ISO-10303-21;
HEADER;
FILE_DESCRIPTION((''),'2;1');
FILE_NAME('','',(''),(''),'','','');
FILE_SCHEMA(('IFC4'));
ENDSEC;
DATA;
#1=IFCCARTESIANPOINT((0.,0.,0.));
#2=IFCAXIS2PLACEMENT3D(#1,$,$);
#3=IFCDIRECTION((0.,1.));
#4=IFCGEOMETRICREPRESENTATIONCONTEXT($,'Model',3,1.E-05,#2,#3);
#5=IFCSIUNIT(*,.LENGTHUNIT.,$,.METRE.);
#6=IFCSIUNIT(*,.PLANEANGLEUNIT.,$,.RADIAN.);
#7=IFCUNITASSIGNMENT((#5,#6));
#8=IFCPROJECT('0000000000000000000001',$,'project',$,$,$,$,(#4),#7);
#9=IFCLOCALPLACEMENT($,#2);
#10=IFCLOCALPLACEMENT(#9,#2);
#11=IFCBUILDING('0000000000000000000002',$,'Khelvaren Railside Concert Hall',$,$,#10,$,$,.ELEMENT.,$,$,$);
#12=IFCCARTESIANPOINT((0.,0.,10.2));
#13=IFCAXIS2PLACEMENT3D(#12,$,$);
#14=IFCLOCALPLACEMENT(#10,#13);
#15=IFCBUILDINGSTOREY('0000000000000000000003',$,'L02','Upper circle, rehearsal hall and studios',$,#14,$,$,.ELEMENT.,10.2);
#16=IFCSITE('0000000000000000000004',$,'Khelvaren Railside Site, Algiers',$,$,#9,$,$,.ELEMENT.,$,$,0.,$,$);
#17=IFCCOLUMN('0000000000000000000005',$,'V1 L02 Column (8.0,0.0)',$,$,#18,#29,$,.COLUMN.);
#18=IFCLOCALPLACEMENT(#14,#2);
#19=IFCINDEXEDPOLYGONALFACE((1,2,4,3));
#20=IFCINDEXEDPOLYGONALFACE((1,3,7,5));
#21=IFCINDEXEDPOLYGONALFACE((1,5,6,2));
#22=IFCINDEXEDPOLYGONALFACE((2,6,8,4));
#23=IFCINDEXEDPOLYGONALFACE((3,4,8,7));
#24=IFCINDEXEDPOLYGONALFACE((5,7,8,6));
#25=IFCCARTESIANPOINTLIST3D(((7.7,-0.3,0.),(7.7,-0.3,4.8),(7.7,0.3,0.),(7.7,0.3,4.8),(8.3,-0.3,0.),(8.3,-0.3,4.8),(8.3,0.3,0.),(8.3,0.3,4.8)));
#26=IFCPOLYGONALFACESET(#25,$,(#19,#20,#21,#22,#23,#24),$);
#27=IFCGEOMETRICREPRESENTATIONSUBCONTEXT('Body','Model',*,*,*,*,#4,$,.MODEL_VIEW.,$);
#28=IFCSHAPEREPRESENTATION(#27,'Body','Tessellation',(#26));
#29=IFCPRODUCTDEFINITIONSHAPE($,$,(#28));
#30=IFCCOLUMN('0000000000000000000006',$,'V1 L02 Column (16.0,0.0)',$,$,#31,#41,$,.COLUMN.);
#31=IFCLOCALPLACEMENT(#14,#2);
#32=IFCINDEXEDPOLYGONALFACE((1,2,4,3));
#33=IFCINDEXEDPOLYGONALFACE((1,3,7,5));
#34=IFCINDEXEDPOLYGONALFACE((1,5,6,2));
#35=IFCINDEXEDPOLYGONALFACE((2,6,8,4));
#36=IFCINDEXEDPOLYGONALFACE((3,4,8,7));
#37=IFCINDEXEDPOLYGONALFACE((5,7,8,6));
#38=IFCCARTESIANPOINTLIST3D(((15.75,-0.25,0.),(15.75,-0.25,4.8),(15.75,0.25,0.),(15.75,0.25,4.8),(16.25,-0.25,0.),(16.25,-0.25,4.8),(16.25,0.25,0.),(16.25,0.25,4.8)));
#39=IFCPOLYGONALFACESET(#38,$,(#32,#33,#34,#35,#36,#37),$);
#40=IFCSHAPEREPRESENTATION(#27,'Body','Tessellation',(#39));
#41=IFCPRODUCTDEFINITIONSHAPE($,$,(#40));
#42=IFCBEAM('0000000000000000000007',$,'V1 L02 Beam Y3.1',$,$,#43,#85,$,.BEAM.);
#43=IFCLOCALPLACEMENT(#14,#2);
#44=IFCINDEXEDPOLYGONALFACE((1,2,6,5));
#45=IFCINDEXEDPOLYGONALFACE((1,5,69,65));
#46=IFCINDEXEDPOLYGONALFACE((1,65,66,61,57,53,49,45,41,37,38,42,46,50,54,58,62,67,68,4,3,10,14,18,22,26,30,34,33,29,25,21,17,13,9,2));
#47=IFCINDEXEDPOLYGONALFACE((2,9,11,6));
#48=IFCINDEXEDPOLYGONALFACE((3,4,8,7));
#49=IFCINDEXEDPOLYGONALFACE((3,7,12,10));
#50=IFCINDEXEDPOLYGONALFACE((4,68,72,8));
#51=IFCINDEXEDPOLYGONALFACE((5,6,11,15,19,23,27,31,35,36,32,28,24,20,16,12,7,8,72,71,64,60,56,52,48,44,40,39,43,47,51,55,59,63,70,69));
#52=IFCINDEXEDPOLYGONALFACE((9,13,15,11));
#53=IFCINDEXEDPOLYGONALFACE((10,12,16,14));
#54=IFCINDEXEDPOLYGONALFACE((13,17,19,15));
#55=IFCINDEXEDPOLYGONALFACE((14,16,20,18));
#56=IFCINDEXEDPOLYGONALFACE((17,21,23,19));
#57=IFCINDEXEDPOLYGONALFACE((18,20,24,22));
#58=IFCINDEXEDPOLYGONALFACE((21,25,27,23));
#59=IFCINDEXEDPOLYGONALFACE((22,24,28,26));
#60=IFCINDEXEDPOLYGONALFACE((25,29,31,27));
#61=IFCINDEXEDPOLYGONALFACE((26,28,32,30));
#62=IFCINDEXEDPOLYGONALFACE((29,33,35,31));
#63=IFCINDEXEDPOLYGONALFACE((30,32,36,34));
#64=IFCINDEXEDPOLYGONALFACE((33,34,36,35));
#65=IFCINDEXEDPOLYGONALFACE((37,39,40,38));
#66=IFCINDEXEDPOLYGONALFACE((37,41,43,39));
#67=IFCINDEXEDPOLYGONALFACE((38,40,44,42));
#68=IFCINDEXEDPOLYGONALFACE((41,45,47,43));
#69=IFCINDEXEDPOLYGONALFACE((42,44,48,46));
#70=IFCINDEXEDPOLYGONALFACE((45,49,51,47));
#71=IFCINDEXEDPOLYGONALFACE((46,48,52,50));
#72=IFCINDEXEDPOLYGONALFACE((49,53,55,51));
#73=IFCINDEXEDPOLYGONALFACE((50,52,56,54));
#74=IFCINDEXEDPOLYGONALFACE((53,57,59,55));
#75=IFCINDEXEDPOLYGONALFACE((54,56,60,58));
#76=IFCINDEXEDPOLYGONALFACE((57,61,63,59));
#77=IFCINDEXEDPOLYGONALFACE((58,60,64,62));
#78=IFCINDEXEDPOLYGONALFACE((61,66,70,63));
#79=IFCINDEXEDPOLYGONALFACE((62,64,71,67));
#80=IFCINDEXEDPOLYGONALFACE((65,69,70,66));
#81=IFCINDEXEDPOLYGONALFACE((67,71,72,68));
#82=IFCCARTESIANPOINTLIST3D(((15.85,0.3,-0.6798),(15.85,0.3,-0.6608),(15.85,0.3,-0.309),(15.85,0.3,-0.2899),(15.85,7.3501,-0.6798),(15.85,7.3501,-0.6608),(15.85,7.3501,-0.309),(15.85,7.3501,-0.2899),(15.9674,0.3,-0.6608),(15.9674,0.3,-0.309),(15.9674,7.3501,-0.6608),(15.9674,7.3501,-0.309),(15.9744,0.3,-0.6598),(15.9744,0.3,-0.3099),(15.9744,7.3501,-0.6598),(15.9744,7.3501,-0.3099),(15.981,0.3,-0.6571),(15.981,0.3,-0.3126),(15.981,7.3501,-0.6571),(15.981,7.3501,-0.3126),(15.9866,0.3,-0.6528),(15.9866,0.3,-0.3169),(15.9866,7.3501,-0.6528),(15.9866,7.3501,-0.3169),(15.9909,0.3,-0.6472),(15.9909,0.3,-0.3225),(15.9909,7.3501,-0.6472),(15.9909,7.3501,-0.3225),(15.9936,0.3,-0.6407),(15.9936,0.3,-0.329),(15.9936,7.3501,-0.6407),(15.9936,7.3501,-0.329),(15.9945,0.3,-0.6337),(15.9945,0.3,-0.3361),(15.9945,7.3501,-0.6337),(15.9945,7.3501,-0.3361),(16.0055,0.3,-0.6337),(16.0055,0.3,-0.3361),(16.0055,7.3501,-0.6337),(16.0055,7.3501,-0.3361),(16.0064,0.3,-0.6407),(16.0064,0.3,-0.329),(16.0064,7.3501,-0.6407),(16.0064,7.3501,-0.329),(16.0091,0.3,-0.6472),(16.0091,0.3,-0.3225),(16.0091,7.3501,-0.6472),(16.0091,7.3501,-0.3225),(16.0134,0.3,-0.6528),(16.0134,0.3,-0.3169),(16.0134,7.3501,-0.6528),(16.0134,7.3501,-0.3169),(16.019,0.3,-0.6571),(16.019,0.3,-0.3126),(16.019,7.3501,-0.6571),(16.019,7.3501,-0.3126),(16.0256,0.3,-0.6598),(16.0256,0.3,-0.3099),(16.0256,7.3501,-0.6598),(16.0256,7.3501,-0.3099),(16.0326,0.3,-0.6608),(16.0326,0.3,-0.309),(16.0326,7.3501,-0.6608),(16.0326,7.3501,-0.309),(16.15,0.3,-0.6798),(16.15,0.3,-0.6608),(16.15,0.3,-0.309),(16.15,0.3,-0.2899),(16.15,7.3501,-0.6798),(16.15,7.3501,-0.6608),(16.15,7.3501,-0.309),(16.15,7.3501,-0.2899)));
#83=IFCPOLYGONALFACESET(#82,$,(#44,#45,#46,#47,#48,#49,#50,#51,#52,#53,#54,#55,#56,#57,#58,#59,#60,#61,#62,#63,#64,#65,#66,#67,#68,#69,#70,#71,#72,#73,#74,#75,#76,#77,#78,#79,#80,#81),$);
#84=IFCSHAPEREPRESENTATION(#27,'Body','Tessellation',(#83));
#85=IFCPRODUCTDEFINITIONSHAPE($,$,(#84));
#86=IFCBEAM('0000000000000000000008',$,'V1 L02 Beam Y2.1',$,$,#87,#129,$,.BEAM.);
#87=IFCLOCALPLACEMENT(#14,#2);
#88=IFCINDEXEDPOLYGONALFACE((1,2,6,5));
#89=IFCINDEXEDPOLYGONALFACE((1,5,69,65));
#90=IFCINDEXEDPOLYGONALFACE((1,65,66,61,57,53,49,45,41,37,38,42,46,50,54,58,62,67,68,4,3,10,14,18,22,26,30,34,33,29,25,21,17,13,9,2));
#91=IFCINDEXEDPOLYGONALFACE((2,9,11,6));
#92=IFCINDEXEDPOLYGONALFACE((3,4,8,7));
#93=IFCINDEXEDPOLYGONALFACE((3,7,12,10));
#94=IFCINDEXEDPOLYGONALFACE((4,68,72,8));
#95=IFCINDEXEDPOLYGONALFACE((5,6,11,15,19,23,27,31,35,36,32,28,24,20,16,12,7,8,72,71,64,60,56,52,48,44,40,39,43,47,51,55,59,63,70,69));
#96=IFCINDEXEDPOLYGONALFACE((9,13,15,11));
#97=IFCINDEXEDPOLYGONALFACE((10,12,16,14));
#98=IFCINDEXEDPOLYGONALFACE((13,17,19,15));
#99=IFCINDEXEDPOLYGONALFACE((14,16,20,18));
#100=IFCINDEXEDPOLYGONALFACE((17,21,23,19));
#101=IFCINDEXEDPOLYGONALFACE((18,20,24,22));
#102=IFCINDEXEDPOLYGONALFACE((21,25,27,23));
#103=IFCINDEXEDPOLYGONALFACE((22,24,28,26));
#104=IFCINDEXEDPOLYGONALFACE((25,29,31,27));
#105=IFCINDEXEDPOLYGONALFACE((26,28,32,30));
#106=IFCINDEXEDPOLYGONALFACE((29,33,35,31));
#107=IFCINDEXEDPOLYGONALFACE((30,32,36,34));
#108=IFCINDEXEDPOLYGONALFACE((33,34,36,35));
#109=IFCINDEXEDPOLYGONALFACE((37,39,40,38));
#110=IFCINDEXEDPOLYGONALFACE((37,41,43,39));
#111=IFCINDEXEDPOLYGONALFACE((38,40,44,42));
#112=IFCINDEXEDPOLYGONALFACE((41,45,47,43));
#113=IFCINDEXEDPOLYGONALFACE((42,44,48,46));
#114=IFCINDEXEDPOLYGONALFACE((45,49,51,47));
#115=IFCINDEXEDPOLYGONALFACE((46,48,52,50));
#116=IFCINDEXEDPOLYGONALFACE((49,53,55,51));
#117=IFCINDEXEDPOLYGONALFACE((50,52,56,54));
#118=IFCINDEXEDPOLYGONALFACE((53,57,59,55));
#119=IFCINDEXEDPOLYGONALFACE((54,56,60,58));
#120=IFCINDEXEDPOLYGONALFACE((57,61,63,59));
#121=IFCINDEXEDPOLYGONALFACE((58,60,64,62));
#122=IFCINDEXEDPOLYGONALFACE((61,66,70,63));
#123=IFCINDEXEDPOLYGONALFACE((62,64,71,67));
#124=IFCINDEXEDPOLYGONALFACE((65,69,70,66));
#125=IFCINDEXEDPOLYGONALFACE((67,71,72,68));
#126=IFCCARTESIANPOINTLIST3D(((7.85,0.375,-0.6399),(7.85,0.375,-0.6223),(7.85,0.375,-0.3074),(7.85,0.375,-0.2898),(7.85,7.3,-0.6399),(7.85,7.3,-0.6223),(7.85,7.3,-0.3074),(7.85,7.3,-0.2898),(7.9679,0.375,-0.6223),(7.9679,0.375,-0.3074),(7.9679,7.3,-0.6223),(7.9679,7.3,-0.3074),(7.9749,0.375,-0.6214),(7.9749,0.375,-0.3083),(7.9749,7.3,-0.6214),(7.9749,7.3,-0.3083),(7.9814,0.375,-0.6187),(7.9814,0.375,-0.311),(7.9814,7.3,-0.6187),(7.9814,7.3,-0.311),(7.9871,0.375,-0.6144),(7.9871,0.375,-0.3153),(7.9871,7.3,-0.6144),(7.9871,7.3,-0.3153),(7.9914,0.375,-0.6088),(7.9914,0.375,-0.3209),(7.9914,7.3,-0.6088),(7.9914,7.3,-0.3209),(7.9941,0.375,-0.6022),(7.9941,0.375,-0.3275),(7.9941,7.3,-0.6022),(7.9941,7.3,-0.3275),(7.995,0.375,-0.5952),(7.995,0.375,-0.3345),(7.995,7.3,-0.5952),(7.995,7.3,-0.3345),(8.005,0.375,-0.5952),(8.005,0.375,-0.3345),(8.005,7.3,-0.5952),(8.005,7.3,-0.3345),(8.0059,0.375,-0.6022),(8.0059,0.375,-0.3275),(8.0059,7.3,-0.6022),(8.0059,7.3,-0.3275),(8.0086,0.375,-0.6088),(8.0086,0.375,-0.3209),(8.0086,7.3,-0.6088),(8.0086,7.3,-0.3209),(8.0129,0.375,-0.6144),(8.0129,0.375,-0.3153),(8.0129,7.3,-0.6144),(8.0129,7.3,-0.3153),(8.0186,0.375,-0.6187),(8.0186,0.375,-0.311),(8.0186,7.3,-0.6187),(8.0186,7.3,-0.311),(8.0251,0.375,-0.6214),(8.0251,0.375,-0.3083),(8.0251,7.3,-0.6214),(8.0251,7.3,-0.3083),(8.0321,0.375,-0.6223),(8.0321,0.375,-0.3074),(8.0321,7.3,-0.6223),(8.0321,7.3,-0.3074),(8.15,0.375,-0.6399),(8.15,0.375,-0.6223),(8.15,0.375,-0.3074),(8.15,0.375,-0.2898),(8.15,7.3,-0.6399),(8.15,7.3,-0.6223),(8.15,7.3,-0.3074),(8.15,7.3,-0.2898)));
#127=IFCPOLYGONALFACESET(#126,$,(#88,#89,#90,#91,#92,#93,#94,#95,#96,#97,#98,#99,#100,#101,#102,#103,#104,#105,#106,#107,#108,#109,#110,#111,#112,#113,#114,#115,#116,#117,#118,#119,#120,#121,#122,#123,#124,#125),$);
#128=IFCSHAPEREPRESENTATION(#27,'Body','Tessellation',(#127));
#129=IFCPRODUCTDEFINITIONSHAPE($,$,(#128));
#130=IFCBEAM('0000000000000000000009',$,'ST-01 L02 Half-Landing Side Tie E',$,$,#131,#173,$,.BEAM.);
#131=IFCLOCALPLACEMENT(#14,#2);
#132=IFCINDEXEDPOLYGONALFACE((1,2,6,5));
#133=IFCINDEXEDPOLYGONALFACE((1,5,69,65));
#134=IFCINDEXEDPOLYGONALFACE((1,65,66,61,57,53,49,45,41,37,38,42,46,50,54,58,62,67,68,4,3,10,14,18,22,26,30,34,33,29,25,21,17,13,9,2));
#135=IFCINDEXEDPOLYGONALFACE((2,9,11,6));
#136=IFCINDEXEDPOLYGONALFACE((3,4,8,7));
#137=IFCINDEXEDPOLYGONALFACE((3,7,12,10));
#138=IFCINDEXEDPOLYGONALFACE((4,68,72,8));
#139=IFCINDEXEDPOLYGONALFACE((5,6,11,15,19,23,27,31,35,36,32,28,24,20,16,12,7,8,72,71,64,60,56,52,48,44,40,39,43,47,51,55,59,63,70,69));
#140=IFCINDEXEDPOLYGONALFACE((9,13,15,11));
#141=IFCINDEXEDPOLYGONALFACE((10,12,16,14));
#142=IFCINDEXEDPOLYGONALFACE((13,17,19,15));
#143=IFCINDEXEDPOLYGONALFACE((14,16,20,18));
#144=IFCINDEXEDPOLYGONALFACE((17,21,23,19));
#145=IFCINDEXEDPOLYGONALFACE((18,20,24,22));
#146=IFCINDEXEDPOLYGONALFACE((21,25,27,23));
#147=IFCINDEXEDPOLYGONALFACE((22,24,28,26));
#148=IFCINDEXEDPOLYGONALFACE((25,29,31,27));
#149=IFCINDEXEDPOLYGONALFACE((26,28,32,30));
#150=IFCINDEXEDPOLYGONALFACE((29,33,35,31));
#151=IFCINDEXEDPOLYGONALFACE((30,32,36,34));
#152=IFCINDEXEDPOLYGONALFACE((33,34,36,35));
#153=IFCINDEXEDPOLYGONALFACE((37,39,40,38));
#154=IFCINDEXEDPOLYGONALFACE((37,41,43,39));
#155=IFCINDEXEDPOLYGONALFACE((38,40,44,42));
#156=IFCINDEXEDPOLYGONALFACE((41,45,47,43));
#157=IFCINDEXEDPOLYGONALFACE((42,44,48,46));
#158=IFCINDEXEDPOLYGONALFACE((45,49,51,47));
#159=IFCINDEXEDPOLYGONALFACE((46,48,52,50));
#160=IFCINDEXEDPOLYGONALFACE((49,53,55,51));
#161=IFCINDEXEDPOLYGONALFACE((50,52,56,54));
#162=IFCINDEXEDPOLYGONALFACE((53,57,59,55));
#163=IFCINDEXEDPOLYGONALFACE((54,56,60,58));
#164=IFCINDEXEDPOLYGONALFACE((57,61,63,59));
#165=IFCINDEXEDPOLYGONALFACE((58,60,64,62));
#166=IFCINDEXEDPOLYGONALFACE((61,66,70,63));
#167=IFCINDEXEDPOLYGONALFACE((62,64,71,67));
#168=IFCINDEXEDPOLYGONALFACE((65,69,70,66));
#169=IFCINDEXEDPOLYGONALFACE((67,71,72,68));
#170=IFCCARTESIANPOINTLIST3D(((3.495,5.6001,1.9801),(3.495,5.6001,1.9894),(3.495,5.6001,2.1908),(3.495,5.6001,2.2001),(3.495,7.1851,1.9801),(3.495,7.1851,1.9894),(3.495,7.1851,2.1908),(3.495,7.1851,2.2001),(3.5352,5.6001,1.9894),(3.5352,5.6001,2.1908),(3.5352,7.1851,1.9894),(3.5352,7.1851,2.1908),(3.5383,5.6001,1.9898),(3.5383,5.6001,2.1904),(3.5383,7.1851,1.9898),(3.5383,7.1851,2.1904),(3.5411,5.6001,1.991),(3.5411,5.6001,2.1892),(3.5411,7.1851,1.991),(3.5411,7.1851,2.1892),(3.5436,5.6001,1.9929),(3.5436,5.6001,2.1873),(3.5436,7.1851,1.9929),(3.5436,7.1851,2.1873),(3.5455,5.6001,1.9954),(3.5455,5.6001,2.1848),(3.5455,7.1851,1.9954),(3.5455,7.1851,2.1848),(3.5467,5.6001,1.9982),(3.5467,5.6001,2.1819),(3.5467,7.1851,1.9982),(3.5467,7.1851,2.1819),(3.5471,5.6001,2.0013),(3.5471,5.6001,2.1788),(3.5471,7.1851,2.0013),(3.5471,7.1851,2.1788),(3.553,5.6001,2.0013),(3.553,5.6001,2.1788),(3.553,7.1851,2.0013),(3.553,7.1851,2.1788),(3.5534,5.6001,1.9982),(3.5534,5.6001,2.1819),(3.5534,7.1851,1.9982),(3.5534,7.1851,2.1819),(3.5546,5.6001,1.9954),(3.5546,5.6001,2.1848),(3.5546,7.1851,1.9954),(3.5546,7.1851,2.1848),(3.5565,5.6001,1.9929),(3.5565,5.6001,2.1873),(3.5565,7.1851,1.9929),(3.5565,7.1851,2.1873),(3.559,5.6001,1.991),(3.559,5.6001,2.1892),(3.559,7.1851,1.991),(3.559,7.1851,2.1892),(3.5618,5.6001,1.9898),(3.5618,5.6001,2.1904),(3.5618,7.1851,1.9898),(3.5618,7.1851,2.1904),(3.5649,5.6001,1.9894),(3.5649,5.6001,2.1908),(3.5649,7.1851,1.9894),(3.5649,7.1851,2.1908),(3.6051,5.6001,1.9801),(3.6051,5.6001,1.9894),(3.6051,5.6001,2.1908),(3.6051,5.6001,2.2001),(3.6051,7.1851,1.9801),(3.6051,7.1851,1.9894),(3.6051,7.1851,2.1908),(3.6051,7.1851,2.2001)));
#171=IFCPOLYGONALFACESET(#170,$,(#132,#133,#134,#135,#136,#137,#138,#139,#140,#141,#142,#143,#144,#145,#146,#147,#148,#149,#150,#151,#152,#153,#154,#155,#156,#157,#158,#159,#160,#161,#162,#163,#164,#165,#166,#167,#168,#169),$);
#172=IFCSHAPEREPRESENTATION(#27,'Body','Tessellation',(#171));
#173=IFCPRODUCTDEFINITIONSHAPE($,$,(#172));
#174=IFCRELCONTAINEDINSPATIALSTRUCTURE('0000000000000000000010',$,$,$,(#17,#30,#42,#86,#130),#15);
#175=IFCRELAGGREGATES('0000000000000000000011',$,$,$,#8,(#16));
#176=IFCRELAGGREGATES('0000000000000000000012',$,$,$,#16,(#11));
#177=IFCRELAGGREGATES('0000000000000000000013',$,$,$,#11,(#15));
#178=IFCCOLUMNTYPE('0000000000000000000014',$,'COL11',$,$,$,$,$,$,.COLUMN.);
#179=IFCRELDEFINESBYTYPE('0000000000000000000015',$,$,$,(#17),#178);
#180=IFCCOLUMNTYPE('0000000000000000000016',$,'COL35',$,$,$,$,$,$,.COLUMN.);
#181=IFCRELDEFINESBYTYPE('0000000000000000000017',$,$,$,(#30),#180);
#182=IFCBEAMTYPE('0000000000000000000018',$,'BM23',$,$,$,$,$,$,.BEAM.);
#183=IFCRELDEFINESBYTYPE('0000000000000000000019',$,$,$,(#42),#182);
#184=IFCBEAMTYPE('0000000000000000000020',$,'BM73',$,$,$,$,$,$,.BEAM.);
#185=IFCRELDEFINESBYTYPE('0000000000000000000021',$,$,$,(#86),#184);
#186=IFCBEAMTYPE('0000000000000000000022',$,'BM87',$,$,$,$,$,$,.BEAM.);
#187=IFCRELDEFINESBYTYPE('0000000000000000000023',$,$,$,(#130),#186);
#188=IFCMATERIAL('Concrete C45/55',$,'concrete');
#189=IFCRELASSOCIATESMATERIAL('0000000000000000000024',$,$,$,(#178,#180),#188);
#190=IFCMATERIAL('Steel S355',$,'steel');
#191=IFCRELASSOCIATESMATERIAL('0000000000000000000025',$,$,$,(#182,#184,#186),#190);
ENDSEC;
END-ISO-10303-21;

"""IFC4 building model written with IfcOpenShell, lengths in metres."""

from ifc_helpers import new_model, si_unit, direction, frame, origin, origin_2d, place, context, subcontext, project, spatial, rectangle, i_section, extrude, material, material_profile, profile_set, type_object, element, save


model = new_model("IFC4")

# Units and contexts
model_context = context("Model", 3, precision=1e-05, world=origin(), true_north=direction((0.0, 1.0)))
body_context = subcontext(model_context, "Body", "Model", "MODEL_VIEW")
ifc_project = project(units=[si_unit("LENGTHUNIT", "METRE"), si_unit("PLANEANGLEUNIT", "RADIAN")], contexts=[model_context])

# Site, building, storey
site_placement = place(None, origin())
site = spatial("IfcSite", under=ifc_project, at=site_placement, Name="Khelvaren Railside Site, Algiers", CompositionType="ELEMENT", RefElevation=0.0)
building_placement = place(site_placement, origin())
building = spatial("IfcBuilding", under=site, at=building_placement, Name="Khelvaren Railside Concert Hall", CompositionType="ELEMENT")
storey_placement = place(building_placement, frame((0.0, 0.0, 10.2)))
storey = spatial("IfcBuildingStorey", under=building, at=storey_placement, Name="L02", Description="Upper circle, rehearsal hall and studios", CompositionType="ELEMENT", Elevation=10.2)

# Columns
ifc_material_1 = material(Name="Concrete C45/55", Category="concrete")
ifc_material_profile_1 = material_profile(ifc_material_1, rectangle(XDim=0.6001, YDim=0.6001, at=origin_2d()), Name="RC 600x600")
ifc_profile_set_1 = profile_set([ifc_material_profile_1], Name="Concrete C45/55")
column_type_1 = type_object("IfcColumnType", Name="COL11", PredefinedType="COLUMN", material=ifc_profile_set_1)
column_1_placement = place(storey_placement, frame((8.0, 0.0, 0.0), z_axis=(0.0, 0.0, 1.0), x_axis=(1.0, 0.0, 0.0)))
element("IfcColumn", 1, at=column_1_placement, inside=storey, type_object=column_type_1, Name="V1 L02 Column (8.0,0.0)", PredefinedType="COLUMN", context=body_context, shape_type="SweptSolid", body=[
    extrude(rectangle(XDim=0.6001, YDim=0.6001, at=origin_2d()), origin(), (0.0, 0.0, 1.0), 4.8),
])
ifc_material_profile_2 = material_profile(ifc_material_1, rectangle(XDim=0.5, YDim=0.5, at=origin_2d()), Name="RC 500x500")
ifc_profile_set_2 = profile_set([ifc_material_profile_2], Name="Concrete C45/55")
column_type_2 = type_object("IfcColumnType", Name="COL35", PredefinedType="COLUMN", material=ifc_profile_set_2)
column_2_placement = place(storey_placement, frame((16.0, 0.0, 0.0), z_axis=(0.0, 0.0, 1.0), x_axis=(1.0, 0.0, 0.0)))
element("IfcColumn", 2, at=column_2_placement, inside=storey, type_object=column_type_2, Name="V1 L02 Column (16.0,0.0)", PredefinedType="COLUMN", context=body_context, shape_type="SweptSolid", body=[
    extrude(rectangle(XDim=0.5, YDim=0.5, at=origin_2d()), origin(), (0.0, 0.0, 1.0), 4.8),
])

# Beams
ifc_material_2 = material(Name="Steel S355", Category="steel")
ifc_material_profile_3 = material_profile(ifc_material_2, i_section(OverallWidth=0.3, OverallDepth=0.3899, WebThickness=0.011, FlangeThickness=0.019, FilletRadius=0.0271, at=origin_2d()), Name="HEA 400")
ifc_profile_set_3 = profile_set([ifc_material_profile_3], Name="Steel S355")
beam_type_1 = type_object("IfcBeamType", Name="BM23", PredefinedType="BEAM", material=ifc_profile_set_3)
beam_1_placement = place(storey_placement, frame((16.0, 0.3, -0.4849), z_axis=(0.0, 1.0, 0.0), x_axis=(-1.0, 0.0, 0.0)))
element("IfcBeam", 3, at=beam_1_placement, inside=storey, type_object=beam_type_1, Name="V1 L02 Beam Y3.1", PredefinedType="BEAM", context=body_context, shape_type="SweptSolid", body=[
    extrude(i_section(OverallWidth=0.3, OverallDepth=0.3899, WebThickness=0.011, FlangeThickness=0.019, FilletRadius=0.0271, at=origin_2d()), origin(), (0.0, 0.0, 1.0), 7.05),
])
ifc_material_profile_4 = material_profile(ifc_material_2, i_section(OverallWidth=0.3, OverallDepth=0.3501, WebThickness=0.01, FlangeThickness=0.0176, FilletRadius=0.0271, at=origin_2d()), Name="HEA 360")
ifc_profile_set_4 = profile_set([ifc_material_profile_4], Name="Steel S355")
beam_type_2 = type_object("IfcBeamType", Name="BM73", PredefinedType="BEAM", material=ifc_profile_set_4)
beam_2_placement = place(storey_placement, frame((8.0, 0.375, -0.4648), z_axis=(0.0, 1.0, 0.0), x_axis=(-1.0, 0.0, 0.0)))
element("IfcBeam", 4, at=beam_2_placement, inside=storey, type_object=beam_type_2, Name="V1 L02 Beam Y2.1", PredefinedType="BEAM", context=body_context, shape_type="SweptSolid", body=[
    extrude(i_section(OverallWidth=0.3, OverallDepth=0.3501, WebThickness=0.01, FlangeThickness=0.0176, FilletRadius=0.0271, at=origin_2d()), origin(), (0.0, 0.0, 1.0), 6.925),
])
ifc_material_profile_5 = material_profile(ifc_material_2, i_section(OverallWidth=0.1101, OverallDepth=0.22, WebThickness=0.0059, FlangeThickness=0.0093, FilletRadius=0.012, at=origin_2d()), Name="IPE 220")
ifc_profile_set_5 = profile_set([ifc_material_profile_5], Name="Steel S355")
beam_type_3 = type_object("IfcBeamType", Name="BM87", PredefinedType="BEAM", material=ifc_profile_set_5)
beam_3_placement = place(storey_placement, frame((3.55, 5.6001, 2.0901), z_axis=(0.0, 1.0, 0.0), x_axis=(-1.0, 0.0, 0.0)))
element("IfcBeam", 5, at=beam_3_placement, inside=storey, type_object=beam_type_3, Name="ST-01 L02 Half-Landing Side Tie E", PredefinedType="BEAM", context=body_context, shape_type="SweptSolid", body=[
    extrude(i_section(OverallWidth=0.1101, OverallDepth=0.22, WebThickness=0.0059, FlangeThickness=0.0093, FilletRadius=0.012, at=origin_2d()), origin(), (0.0, 0.0, 1.0), 1.585),
])

save(model, "model.ifc")
